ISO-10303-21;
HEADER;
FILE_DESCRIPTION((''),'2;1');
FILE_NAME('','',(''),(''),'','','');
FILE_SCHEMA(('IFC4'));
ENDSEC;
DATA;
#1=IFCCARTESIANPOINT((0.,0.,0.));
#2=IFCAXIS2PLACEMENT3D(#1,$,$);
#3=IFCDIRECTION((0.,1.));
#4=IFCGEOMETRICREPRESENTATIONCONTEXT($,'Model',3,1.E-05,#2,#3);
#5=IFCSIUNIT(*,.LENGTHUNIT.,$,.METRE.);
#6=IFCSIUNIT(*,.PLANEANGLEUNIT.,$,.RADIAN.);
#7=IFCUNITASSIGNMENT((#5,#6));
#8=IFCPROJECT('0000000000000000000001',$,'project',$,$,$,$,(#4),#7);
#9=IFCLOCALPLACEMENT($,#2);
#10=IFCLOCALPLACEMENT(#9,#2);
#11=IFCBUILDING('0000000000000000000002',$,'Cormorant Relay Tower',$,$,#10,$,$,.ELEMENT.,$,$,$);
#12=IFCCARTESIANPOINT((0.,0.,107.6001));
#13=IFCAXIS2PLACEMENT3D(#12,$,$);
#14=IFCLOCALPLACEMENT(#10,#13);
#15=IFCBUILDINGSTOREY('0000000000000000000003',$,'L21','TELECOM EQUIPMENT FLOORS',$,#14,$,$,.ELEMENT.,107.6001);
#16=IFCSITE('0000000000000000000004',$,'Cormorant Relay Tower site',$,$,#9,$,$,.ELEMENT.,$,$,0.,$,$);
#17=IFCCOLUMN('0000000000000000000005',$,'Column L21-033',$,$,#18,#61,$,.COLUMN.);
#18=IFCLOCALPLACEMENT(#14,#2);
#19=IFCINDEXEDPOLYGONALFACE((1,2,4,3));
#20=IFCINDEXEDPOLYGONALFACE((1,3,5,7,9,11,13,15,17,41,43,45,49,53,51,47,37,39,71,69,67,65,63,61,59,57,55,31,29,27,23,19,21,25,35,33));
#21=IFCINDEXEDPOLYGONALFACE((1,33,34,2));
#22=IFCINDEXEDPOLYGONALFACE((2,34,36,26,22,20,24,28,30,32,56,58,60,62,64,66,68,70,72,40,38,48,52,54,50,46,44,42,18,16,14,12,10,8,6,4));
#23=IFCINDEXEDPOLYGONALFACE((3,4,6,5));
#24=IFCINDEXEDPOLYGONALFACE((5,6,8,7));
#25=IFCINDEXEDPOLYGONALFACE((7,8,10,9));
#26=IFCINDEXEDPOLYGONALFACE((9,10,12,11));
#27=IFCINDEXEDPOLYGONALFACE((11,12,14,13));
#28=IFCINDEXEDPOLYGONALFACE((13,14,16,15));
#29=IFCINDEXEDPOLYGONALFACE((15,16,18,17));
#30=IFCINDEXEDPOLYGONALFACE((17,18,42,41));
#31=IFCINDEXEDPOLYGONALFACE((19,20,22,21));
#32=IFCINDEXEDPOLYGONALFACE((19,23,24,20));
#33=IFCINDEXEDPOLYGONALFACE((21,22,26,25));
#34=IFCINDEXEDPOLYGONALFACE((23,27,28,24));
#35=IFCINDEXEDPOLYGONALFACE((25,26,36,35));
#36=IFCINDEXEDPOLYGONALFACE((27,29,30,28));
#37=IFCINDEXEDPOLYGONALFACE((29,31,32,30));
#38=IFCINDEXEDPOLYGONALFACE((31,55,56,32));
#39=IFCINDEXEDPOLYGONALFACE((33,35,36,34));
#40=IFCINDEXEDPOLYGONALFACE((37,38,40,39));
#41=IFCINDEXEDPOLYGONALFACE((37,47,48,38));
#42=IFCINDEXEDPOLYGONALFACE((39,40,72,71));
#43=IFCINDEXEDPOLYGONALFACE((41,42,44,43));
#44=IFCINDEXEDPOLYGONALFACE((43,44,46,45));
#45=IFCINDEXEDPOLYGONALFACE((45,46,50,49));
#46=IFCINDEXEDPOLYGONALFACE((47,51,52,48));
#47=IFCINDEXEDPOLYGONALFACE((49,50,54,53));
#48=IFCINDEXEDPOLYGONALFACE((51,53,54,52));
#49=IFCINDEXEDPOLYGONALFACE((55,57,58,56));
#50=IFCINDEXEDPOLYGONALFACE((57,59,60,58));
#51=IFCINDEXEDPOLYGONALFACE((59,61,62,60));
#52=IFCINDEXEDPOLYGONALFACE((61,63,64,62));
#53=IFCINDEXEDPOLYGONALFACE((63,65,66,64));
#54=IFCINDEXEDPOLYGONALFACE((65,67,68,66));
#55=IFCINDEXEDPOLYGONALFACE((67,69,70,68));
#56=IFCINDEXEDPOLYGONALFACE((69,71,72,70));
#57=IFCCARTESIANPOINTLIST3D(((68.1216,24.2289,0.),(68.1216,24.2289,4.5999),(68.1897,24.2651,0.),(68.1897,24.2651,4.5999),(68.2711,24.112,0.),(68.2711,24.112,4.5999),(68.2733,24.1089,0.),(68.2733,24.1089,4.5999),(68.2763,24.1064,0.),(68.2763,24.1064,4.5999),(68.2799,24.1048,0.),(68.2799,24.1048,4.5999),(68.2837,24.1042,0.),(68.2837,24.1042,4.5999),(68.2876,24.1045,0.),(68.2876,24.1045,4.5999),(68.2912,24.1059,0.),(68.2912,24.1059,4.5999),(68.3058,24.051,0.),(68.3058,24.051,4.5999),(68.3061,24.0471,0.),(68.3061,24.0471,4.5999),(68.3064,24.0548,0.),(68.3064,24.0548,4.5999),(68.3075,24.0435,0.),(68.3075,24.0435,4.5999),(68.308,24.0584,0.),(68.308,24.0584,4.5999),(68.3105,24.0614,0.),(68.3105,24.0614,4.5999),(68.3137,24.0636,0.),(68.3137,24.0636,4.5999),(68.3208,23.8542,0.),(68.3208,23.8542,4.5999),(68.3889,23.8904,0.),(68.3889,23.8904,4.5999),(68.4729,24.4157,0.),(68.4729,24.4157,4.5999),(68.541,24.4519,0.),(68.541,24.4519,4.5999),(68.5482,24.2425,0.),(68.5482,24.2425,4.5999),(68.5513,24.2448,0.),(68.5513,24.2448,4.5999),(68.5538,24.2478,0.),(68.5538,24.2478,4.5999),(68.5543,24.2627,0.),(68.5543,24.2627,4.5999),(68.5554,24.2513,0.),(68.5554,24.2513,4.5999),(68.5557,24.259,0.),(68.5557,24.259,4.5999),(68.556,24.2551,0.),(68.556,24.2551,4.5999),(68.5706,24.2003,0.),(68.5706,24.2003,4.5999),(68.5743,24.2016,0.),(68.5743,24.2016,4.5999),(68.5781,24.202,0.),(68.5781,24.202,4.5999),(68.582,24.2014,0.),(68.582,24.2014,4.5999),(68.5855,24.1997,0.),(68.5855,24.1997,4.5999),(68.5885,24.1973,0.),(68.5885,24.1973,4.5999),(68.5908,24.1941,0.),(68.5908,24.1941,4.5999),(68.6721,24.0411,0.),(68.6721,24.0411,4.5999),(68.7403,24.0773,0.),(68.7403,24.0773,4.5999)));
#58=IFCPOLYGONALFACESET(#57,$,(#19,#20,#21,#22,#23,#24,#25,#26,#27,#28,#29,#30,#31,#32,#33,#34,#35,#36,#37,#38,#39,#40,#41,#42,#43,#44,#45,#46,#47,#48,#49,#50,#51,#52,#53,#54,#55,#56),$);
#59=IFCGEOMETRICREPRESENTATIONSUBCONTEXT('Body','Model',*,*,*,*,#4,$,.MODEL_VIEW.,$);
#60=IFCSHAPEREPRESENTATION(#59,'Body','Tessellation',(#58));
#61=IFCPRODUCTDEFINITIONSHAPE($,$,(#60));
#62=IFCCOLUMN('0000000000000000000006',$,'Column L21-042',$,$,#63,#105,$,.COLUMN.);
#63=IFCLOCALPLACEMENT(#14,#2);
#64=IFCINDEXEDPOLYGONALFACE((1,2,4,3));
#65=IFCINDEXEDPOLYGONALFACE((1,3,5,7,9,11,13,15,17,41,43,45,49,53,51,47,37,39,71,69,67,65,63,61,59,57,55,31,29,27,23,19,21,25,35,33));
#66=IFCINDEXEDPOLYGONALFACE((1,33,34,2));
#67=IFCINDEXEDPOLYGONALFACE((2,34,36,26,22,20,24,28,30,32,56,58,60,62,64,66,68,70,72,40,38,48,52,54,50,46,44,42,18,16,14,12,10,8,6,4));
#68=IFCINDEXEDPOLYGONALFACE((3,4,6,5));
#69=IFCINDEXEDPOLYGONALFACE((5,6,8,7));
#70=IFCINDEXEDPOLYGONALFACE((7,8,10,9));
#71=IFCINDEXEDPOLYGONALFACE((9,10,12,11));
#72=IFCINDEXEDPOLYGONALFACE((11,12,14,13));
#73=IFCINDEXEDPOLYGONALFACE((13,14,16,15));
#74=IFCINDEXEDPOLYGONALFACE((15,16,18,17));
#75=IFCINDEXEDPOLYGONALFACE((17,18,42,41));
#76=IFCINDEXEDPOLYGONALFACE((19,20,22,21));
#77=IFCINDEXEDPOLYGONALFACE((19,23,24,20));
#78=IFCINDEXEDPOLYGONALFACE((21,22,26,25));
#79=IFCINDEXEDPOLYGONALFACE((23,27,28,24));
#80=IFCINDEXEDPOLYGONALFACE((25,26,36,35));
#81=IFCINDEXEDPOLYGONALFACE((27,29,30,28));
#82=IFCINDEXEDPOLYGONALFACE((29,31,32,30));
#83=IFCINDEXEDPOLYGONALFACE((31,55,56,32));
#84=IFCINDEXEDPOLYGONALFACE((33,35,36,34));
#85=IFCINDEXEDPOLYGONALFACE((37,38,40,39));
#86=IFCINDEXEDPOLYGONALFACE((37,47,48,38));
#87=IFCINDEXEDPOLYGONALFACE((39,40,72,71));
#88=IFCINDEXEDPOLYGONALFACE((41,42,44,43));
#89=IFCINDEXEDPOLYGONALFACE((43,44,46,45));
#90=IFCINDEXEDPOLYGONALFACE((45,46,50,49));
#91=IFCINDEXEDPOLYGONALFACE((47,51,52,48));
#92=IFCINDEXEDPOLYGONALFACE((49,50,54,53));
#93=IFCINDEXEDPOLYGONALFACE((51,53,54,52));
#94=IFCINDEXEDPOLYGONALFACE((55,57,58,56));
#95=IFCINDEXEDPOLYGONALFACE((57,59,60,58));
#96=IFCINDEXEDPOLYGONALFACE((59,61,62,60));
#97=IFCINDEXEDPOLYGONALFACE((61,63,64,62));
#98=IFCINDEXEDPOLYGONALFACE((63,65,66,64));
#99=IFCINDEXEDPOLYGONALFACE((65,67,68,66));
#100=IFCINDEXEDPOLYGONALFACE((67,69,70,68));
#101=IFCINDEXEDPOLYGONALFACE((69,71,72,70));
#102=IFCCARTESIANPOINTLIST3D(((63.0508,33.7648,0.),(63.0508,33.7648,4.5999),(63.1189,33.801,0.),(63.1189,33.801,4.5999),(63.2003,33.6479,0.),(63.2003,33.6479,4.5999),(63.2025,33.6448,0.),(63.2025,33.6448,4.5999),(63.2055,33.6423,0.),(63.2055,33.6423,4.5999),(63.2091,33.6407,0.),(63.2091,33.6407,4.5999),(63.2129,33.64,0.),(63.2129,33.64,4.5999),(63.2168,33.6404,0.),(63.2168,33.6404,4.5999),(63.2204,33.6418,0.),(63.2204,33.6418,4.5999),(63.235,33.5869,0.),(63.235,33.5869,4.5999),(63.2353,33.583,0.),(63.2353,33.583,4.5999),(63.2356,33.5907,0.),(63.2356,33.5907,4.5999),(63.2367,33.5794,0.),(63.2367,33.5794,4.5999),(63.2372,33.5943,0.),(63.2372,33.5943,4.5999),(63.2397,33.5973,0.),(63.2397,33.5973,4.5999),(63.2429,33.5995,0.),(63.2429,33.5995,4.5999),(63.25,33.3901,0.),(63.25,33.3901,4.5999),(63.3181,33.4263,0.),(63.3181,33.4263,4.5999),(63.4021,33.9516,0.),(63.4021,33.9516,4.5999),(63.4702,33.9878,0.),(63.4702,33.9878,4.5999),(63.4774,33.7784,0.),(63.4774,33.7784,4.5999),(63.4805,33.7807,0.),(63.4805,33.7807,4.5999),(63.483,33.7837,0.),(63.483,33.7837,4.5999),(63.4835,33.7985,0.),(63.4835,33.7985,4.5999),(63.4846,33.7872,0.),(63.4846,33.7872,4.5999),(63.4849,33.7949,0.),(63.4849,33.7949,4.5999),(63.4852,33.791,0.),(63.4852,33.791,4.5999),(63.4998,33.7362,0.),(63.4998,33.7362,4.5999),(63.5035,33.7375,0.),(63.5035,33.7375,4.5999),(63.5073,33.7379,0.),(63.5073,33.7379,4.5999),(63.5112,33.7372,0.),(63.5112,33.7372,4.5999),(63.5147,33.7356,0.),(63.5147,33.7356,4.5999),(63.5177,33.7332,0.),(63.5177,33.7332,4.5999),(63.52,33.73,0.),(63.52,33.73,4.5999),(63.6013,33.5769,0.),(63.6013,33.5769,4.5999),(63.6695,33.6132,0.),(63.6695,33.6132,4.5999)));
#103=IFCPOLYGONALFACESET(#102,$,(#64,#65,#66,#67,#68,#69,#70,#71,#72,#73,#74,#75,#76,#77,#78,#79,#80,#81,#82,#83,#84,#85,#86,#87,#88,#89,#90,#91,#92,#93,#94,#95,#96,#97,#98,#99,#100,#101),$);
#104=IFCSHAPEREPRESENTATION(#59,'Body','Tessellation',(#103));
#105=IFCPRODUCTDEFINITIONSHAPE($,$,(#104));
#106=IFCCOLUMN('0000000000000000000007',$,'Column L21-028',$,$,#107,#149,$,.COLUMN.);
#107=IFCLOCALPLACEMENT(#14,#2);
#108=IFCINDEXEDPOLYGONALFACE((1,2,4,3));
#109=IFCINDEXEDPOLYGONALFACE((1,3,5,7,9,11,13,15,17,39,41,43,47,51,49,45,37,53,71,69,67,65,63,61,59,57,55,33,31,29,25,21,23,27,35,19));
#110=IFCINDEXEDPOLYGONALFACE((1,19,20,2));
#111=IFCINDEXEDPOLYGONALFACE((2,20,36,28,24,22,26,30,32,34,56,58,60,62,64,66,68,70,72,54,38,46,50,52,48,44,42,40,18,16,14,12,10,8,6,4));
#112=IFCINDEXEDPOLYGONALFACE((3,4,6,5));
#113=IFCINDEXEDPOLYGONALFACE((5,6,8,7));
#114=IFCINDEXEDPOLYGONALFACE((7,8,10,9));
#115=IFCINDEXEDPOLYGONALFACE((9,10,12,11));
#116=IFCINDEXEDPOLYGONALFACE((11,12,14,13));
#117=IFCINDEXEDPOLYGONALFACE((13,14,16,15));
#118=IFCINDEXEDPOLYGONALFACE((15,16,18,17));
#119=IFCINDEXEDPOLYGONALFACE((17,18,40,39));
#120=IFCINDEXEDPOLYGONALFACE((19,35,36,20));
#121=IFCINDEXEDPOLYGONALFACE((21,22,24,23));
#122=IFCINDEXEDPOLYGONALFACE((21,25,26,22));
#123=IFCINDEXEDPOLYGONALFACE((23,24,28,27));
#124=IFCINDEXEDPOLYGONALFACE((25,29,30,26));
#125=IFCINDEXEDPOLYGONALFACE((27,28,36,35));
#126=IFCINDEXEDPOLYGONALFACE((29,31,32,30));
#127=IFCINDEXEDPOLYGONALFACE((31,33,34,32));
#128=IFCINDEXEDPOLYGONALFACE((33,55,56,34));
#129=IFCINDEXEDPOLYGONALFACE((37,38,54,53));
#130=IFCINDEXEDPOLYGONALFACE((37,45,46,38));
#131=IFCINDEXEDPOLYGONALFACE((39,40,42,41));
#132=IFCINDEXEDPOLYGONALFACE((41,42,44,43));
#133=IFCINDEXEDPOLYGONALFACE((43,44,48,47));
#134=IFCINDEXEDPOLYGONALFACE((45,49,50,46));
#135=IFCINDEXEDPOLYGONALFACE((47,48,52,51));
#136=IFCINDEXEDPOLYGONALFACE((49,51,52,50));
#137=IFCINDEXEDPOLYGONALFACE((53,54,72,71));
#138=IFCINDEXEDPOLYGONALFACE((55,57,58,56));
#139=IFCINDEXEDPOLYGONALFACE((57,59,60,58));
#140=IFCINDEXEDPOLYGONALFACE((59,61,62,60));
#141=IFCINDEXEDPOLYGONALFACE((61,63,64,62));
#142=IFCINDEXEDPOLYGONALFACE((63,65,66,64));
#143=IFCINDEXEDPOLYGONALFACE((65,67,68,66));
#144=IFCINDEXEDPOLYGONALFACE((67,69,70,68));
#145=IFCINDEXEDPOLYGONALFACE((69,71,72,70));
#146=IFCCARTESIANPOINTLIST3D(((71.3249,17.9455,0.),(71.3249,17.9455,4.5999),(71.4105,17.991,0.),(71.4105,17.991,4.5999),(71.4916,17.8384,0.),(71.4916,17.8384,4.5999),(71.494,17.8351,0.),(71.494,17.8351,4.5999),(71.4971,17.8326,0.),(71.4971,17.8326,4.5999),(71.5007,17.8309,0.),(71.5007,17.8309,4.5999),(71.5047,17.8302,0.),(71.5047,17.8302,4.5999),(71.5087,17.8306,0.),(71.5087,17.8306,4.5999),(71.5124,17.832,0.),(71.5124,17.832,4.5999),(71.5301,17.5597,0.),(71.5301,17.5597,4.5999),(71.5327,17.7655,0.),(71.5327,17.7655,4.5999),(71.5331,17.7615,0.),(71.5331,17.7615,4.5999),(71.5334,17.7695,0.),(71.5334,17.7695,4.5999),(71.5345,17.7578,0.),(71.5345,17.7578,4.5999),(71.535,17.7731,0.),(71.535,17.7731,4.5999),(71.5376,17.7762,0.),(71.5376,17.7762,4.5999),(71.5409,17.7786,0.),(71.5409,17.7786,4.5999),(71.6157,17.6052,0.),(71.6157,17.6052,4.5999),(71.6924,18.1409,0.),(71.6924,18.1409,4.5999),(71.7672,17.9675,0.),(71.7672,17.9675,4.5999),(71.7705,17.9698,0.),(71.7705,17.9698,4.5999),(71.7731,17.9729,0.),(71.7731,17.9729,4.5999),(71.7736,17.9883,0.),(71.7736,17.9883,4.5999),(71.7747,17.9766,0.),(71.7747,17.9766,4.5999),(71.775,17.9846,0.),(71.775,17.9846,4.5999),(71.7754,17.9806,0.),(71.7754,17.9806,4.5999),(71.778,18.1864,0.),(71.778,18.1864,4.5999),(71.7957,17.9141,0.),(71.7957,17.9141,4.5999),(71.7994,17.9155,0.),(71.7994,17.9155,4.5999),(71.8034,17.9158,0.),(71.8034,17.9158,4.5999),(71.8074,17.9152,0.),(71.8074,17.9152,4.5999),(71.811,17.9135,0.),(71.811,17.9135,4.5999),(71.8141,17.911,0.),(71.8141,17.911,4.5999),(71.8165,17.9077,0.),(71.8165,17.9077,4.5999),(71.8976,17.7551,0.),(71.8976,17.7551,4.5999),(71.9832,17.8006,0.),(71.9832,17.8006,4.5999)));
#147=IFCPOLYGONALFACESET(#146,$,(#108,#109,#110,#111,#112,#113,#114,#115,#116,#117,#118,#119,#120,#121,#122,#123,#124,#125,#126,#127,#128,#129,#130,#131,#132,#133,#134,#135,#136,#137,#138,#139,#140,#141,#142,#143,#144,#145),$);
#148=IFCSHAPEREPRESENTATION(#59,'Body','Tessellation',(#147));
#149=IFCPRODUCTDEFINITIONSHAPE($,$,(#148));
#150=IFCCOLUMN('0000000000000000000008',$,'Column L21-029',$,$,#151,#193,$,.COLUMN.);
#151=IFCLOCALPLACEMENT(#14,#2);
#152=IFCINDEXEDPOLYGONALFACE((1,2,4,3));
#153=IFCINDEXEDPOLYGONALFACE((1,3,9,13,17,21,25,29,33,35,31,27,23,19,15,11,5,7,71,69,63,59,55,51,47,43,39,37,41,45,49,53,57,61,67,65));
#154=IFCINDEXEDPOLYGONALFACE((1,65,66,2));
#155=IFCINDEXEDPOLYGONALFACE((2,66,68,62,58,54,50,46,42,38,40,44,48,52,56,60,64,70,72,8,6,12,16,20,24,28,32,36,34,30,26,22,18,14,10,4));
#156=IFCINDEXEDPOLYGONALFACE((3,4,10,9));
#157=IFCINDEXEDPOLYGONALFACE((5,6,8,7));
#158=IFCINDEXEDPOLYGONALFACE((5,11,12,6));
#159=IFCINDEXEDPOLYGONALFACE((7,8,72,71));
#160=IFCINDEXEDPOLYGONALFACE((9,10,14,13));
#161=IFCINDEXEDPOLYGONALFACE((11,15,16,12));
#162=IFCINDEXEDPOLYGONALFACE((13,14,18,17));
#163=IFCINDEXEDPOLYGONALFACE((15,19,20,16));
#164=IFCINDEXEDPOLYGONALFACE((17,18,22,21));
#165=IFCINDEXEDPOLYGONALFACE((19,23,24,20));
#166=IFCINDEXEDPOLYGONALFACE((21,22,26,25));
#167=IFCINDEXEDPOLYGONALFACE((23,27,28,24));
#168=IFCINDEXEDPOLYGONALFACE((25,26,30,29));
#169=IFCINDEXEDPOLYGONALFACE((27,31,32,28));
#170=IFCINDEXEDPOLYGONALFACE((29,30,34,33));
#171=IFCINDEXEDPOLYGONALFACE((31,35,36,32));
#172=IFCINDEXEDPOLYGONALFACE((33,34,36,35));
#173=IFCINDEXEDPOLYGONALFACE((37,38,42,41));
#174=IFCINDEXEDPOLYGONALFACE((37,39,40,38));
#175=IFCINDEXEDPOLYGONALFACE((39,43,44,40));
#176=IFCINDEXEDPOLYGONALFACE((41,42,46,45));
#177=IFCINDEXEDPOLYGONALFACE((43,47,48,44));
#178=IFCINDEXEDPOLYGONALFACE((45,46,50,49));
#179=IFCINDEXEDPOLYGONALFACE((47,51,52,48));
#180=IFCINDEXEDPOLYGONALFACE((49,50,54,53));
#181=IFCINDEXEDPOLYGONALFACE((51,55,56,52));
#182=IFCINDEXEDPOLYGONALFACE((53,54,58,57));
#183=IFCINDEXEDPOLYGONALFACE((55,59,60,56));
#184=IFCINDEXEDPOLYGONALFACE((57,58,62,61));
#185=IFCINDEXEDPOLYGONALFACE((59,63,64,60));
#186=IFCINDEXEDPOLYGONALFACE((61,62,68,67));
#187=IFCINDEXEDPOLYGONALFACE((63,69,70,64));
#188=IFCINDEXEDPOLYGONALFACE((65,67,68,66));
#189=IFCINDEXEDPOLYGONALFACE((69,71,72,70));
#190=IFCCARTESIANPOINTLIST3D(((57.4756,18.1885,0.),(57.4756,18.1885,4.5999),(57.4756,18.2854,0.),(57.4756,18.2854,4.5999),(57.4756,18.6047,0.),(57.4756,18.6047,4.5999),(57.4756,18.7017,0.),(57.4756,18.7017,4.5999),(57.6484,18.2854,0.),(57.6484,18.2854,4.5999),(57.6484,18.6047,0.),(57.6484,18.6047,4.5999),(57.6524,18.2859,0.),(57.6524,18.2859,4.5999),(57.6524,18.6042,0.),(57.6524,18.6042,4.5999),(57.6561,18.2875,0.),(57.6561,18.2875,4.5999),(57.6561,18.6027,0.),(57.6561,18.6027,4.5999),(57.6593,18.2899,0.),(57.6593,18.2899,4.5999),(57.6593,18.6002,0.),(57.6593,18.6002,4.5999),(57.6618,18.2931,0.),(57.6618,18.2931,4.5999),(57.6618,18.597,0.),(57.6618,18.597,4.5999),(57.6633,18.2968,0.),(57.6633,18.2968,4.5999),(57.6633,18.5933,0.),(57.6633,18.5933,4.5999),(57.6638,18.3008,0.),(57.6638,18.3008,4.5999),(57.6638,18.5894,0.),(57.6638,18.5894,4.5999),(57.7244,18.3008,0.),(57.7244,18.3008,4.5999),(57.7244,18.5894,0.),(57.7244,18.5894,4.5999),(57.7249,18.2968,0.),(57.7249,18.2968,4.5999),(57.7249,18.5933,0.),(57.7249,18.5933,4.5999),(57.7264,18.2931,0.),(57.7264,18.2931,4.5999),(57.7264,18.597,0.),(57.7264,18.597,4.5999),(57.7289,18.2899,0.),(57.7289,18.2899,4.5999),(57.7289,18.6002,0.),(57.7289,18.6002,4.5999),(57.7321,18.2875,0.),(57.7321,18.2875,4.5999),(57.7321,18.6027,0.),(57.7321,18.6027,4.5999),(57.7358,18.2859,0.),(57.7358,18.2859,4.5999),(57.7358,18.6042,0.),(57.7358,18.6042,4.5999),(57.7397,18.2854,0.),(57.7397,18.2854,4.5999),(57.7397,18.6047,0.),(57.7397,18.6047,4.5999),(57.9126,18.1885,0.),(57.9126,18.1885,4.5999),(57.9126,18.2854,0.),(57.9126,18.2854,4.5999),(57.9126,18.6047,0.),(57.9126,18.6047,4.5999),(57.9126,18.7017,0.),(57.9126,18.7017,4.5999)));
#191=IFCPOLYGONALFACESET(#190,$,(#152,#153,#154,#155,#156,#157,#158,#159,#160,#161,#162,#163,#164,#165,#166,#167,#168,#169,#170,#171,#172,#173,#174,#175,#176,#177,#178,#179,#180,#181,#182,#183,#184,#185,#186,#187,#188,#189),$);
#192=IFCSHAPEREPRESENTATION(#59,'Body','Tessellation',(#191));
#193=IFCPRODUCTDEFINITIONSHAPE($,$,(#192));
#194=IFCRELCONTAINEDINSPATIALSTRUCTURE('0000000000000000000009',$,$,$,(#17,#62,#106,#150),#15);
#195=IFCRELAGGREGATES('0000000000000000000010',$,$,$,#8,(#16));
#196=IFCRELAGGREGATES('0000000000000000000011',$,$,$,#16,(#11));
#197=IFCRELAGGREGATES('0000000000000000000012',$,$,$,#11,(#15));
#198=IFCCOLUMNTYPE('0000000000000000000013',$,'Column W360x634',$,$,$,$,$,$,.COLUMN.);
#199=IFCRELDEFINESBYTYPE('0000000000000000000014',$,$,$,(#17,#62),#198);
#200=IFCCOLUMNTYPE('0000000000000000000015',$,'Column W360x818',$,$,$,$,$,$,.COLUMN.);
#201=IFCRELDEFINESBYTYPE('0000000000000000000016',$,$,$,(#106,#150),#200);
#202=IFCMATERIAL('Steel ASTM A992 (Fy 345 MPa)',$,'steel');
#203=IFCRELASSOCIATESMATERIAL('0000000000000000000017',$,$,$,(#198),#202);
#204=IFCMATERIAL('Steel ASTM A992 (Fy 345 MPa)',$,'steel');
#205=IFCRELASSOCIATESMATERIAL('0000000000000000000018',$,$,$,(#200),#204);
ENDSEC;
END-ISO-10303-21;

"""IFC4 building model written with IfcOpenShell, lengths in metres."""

from ifc_helpers import new_model, si_unit, direction, frame, origin, origin_2d, place, context, subcontext, project, spatial, i_section, extrude, material, material_profile, profile_set, type_object, element, save


model = new_model("IFC4")

# Units and contexts
model_context = context("Model", 3, precision=1e-05, world=origin(), true_north=direction((0.0, 1.0)))
body_context = subcontext(model_context, "Body", "Model", "MODEL_VIEW")
ifc_project = project(units=[si_unit("LENGTHUNIT", "METRE"), si_unit("PLANEANGLEUNIT", "RADIAN")], contexts=[model_context])

# Site, building, storey
site_placement = place(None, origin())
site = spatial("IfcSite", under=ifc_project, at=site_placement, Name="Cormorant Relay Tower site", CompositionType="ELEMENT", RefElevation=0.0)
building_placement = place(site_placement, origin())
building = spatial("IfcBuilding", under=site, at=building_placement, Name="Cormorant Relay Tower", CompositionType="ELEMENT")
storey_placement = place(building_placement, frame((0.0, 0.0, 107.6001)))
storey = spatial("IfcBuildingStorey", under=building, at=storey_placement, Name="L21", Description="TELECOM EQUIPMENT FLOORS", CompositionType="ELEMENT", Elevation=107.6001)

# Columns
ifc_material_1 = material(Name="Steel ASTM A992 (Fy 345 MPa)", Category="steel")
ifc_material_profile_1 = material_profile(ifc_material_1, i_section(OverallWidth=0.4243, OverallDepth=0.4751, WebThickness=0.0479, FlangeThickness=0.0771, FilletRadius=0.0149, at=origin_2d()), Name="W360x634")
ifc_profile_set_1 = profile_set([ifc_material_profile_1], Name="Steel ASTM A992 (Fy 345 MPa)")
column_type_1 = type_object("IfcColumnType", Name="Column W360x634", PredefinedType="COLUMN", material=ifc_profile_set_1)
for number, where, z_axis, x_axis, name in (
    (1, (68.4309, 24.1531, 0.0), (0.0, 0.0, 1.0), (-0.469472, 0.882948, 0.0), "Column L21-033"),
    (2, (63.3601, 33.689, 0.0), (0.0, 0.0, 1.0), (-0.469472, 0.882948, 0.0), "Column L21-042"),
):
    element("IfcColumn", number, at=place(storey_placement, frame(where, z_axis=z_axis, x_axis=x_axis)), inside=storey, type_object=column_type_1, Name=name, PredefinedType="COLUMN", context=body_context, shape_type="SweptSolid", body=[
        extrude(i_section(OverallWidth=0.4243, OverallDepth=0.4751, WebThickness=0.0479, FlangeThickness=0.0771, FilletRadius=0.0149, at=origin_2d()), origin(), (0.0, 0.0, 1.0), 4.5999),
    ])
ifc_material_2 = material(Name="Steel ASTM A992 (Fy 345 MPa)", Category="steel")
ifc_material_profile_2 = material_profile(ifc_material_2, i_section(OverallWidth=0.437, OverallDepth=0.5132, WebThickness=0.0605, FlangeThickness=0.0969, FilletRadius=0.0154, at=origin_2d()), Name="W360x818")
ifc_profile_set_2 = profile_set([ifc_material_profile_2], Name="Steel ASTM A992 (Fy 345 MPa)")
column_type_2 = type_object("IfcColumnType", Name="Column W360x818", PredefinedType="COLUMN", material=ifc_profile_set_2)
for number, where, z_axis, x_axis, name in (
    (3, (71.6541, 17.873, 0.0), (0.0, 0.0, 1.0), (-0.469472, 0.882948, 0.0), "Column L21-028"),
    (4, (57.6941, 18.4451, 0.0), (0.0, 0.0, 1.0), (1.0, 0.0, 0.0), "Column L21-029"),
):
    element("IfcColumn", number, at=place(storey_placement, frame(where, z_axis=z_axis, x_axis=x_axis)), inside=storey, type_object=column_type_2, Name=name, PredefinedType="COLUMN", context=body_context, shape_type="SweptSolid", body=[
        extrude(i_section(OverallWidth=0.437, OverallDepth=0.5132, WebThickness=0.0605, FlangeThickness=0.0969, FilletRadius=0.0154, at=origin_2d()), origin(), (0.0, 0.0, 1.0), 4.5999),
    ])

save(model, "model.ifc")
